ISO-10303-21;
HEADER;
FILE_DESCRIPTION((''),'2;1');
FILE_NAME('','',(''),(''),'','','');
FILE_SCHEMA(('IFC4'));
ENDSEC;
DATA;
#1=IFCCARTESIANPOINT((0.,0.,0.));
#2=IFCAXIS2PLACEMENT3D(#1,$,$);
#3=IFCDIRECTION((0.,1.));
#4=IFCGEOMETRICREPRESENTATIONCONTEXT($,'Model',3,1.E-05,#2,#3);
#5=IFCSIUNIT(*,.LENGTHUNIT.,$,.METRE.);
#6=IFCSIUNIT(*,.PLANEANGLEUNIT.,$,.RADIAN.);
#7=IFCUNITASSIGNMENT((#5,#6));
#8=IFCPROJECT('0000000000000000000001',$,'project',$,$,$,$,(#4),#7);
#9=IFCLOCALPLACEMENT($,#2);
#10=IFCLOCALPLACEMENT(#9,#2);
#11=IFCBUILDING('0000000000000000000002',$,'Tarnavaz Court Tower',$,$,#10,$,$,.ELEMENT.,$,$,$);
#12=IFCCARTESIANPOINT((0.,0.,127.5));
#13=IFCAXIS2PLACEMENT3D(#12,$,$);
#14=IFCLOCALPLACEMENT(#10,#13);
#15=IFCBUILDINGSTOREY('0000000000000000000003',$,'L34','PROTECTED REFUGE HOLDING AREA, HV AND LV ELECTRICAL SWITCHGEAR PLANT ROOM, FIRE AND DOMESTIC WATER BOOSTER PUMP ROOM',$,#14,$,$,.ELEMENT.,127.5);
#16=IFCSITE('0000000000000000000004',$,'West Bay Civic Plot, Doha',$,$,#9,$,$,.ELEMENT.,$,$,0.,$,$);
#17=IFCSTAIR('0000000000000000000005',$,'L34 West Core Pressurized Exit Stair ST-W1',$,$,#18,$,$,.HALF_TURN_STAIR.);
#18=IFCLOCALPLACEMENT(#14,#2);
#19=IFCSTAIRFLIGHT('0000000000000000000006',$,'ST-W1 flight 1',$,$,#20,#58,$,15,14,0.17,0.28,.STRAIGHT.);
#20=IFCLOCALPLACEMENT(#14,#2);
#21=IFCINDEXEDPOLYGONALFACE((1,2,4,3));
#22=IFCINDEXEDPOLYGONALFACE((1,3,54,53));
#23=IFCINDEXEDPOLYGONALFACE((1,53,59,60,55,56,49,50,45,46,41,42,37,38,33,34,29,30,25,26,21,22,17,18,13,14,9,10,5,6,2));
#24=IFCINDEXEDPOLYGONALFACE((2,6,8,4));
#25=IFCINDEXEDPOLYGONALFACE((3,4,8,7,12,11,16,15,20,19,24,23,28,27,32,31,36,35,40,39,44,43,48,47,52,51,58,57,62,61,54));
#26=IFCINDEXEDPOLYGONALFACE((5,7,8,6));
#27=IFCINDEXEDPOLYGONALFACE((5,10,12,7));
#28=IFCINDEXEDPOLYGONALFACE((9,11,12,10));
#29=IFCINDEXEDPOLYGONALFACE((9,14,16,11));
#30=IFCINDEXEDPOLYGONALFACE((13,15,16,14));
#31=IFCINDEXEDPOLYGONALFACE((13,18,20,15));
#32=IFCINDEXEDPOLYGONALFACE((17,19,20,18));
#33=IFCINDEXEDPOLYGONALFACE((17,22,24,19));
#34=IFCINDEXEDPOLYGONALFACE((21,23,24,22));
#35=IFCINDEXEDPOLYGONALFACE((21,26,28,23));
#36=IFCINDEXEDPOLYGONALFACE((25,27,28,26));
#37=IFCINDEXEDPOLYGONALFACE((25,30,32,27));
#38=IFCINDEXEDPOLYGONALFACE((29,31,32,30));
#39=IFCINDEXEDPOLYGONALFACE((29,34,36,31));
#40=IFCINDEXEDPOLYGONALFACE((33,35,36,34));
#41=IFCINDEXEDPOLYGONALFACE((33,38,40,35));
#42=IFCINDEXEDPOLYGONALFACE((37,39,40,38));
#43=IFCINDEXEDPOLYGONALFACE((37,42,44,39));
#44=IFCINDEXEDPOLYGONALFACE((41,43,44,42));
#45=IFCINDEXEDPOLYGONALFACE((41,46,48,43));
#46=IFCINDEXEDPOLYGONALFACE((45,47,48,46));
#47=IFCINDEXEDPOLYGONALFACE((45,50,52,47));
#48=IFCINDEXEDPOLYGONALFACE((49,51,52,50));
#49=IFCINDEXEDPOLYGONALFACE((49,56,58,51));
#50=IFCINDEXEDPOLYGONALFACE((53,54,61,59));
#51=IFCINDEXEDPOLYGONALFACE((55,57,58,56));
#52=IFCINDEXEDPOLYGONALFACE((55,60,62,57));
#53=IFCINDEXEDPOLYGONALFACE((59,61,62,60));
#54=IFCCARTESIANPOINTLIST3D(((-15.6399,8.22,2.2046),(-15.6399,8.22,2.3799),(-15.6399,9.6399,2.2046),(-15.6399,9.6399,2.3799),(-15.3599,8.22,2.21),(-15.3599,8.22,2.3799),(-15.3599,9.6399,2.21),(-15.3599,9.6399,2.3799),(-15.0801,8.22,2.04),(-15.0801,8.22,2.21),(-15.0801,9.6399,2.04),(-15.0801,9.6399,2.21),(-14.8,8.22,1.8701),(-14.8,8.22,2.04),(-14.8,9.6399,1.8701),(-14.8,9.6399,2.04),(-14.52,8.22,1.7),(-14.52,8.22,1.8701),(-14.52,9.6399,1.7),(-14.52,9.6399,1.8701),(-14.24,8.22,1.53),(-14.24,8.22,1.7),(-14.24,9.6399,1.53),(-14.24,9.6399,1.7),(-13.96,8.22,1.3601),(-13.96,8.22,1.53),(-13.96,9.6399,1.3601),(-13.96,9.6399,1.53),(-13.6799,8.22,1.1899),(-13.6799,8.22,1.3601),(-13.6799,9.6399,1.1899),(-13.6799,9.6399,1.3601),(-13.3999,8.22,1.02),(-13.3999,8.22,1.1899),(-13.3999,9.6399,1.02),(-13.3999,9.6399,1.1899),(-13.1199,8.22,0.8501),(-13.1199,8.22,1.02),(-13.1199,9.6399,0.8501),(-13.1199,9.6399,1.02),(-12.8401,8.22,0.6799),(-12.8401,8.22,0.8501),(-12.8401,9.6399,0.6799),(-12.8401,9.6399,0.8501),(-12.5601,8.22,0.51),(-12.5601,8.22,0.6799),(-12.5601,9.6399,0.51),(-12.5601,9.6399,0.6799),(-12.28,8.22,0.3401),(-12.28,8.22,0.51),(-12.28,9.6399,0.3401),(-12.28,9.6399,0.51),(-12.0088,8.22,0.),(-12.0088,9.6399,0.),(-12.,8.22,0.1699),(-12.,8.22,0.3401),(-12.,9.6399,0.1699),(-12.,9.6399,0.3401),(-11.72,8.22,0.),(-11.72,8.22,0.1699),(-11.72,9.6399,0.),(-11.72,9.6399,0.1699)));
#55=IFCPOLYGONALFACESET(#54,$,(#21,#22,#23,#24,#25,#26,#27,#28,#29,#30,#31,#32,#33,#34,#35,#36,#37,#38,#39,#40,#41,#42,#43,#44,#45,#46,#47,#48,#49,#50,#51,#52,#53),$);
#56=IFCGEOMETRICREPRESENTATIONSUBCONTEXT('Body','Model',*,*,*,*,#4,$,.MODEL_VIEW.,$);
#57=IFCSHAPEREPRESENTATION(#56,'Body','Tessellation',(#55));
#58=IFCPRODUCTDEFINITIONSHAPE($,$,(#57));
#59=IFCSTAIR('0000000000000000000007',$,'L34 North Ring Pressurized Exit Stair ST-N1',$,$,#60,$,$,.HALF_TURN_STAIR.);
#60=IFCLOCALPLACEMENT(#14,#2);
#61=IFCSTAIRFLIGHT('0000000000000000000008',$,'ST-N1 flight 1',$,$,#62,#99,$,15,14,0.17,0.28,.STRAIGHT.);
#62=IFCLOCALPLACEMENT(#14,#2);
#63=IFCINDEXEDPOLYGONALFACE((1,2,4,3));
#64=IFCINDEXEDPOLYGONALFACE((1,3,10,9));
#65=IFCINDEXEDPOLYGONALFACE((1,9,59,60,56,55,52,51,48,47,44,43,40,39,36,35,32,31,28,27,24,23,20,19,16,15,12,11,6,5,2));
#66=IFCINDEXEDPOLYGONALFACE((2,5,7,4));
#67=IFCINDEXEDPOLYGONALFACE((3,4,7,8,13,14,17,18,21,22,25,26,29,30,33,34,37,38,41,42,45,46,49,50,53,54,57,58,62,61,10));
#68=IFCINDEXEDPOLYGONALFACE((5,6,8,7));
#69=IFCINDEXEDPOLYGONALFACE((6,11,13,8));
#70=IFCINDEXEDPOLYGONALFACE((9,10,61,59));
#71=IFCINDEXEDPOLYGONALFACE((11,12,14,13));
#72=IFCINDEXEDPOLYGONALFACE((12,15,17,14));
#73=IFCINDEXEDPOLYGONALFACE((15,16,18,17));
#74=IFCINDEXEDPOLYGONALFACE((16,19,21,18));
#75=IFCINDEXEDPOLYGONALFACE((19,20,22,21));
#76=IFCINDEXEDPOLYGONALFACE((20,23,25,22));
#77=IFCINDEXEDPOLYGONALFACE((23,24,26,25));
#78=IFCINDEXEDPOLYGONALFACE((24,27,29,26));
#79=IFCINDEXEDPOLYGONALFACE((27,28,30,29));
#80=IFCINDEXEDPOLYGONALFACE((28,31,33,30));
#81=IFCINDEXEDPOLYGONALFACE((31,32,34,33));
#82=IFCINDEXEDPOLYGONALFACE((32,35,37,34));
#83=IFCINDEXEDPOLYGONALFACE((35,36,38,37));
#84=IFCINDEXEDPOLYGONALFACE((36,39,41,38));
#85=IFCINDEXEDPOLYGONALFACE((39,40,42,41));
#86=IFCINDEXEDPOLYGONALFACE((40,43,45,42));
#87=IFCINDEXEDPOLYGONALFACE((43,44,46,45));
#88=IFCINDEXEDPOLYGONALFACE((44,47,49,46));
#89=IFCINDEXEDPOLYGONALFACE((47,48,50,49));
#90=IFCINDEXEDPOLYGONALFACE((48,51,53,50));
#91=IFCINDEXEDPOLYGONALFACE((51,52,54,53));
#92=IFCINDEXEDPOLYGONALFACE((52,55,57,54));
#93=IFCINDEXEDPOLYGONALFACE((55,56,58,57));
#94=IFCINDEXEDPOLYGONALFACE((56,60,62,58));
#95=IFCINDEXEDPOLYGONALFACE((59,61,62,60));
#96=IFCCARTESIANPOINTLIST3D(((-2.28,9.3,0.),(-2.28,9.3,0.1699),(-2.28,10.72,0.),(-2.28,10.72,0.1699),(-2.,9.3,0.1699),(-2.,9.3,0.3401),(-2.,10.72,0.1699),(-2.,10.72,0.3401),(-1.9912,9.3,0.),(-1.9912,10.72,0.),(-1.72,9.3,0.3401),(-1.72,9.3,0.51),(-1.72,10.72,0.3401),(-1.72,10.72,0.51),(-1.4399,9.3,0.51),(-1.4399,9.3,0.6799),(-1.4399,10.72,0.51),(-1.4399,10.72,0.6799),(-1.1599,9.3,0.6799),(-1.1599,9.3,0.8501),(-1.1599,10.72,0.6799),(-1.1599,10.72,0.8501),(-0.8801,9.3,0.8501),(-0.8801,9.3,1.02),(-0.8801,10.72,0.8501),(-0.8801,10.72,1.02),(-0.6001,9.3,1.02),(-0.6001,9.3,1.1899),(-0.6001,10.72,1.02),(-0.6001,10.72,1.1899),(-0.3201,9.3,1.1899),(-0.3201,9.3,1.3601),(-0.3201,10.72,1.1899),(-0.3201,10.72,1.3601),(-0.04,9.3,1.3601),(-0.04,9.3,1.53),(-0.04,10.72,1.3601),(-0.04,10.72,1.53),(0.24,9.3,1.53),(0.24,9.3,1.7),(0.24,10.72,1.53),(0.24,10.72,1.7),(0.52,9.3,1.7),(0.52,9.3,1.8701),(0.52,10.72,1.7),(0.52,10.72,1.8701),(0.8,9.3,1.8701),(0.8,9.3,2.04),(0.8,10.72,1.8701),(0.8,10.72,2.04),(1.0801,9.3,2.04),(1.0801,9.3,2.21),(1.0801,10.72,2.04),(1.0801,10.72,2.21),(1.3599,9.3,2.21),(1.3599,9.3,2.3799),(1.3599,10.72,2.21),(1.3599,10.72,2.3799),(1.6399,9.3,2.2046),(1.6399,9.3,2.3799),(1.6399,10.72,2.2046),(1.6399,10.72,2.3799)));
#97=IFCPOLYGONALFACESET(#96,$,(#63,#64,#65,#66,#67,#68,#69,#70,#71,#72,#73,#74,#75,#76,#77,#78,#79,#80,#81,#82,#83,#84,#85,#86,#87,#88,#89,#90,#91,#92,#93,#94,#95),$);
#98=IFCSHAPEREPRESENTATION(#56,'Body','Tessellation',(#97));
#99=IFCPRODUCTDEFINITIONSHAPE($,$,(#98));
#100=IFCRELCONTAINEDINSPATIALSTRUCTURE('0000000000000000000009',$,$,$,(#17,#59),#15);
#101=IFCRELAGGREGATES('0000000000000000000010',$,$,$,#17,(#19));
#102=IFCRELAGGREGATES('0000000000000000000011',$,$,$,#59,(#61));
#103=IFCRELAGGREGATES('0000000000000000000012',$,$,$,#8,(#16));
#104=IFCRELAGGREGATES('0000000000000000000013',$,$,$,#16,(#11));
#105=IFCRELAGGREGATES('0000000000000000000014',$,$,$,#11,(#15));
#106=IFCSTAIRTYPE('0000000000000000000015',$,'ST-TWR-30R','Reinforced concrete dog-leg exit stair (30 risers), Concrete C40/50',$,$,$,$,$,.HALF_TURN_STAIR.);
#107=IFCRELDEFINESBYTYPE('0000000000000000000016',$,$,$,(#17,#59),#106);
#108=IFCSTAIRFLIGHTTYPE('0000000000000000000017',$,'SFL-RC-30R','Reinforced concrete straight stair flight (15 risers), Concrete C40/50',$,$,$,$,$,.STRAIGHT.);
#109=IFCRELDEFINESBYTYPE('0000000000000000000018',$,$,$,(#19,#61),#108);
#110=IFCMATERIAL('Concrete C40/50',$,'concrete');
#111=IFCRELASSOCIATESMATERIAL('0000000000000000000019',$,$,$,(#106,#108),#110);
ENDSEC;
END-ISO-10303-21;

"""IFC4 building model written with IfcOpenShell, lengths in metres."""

from ifc_helpers import new_model, si_unit, direction, frame, origin, place, context, subcontext, project, spatial, polyline, outline, extrude, material, type_object, element, aggregate, save


model = new_model("IFC4")

# Units and contexts
model_context = context("Model", 3, precision=1e-05, world=origin(), true_north=direction((0.0, 1.0)))
body_context = subcontext(model_context, "Body", "Model", "MODEL_VIEW")
ifc_project = project(units=[si_unit("LENGTHUNIT", "METRE"), si_unit("PLANEANGLEUNIT", "RADIAN")], contexts=[model_context])

# Site, building, storey
site_placement = place(None, origin())
site = spatial("IfcSite", under=ifc_project, at=site_placement, Name="West Bay Civic Plot, Doha", CompositionType="ELEMENT", RefElevation=0.0)
building_placement = place(site_placement, origin())
building = spatial("IfcBuilding", under=site, at=building_placement, Name="Tarnavaz Court Tower", CompositionType="ELEMENT")
storey_placement = place(building_placement, frame((0.0, 0.0, 127.5)))
storey = spatial("IfcBuildingStorey", under=building, at=storey_placement, Name="L34", Description="PROTECTED REFUGE HOLDING AREA, HV AND LV ELECTRICAL SWITCHGEAR PLANT ROOM, FIRE AND DOMESTIC WATER BOOSTER PUMP ROOM", CompositionType="ELEMENT", Elevation=127.5)

# Stairs, stair flights
ifc_material_1 = material(Name="Concrete C40/50", Category="concrete")
stair_type = type_object("IfcStairType", Name="ST-TWR-30R", Description="Reinforced concrete dog-leg exit stair (30 risers), Concrete C40/50", PredefinedType="HALF_TURN_STAIR", material=ifc_material_1)
stair_1_placement = place(storey_placement, origin())
stair_1 = element("IfcStair", 1, at=stair_1_placement, inside=storey, type_object=stair_type, Name="L34 West Core Pressurized Exit Stair ST-W1", PredefinedType="HALF_TURN_STAIR")
stair_flight_type = type_object("IfcStairFlightType", Name="SFL-RC-30R", Description="Reinforced concrete straight stair flight (15 risers), Concrete C40/50", PredefinedType="STRAIGHT", material=ifc_material_1)
stair_flight_1_placement = place(storey_placement, frame((-11.72, 8.9299, 0.0), z_axis=(0.0, 0.0, 1.0), x_axis=(-1.0, 0.0, 0.0)))
stair_flight_1 = element("IfcStairFlight", 2, at=stair_flight_1_placement, type_object=stair_flight_type, Name="ST-W1 flight 1", NumberOfRisers=15, NumberOfTreads=14, PredefinedType="STRAIGHT", RiserHeight=0.17, TreadLength=0.28, context=body_context, shape_type="SweptSolid", body=[
    extrude(outline(polyline([(0.0, 0.0), (0.0, 0.1699), (0.28, 0.1699), (0.28, 0.3401), (0.5601, 0.3401), (0.5601, 0.51), (0.8401, 0.51), (0.8401, 0.6799), (1.1201, 0.6799), (1.1201, 0.8501), (1.3999, 0.8501), (1.3999, 1.02), (1.6799, 1.02), (1.6799, 1.1899), (1.96, 1.1899), (1.96, 1.3601), (2.24, 1.3601), (2.24, 1.53), (2.52, 1.53), (2.52, 1.7), (2.8, 1.7), (2.8, 1.8701), (3.0801, 1.8701), (3.0801, 2.04), (3.3601, 2.04), (3.3601, 2.21), (3.6399, 2.21), (3.6399, 2.3799), (3.9199, 2.3799), (3.9199, 2.55), (3.9199, 2.2046), (0.2888, 0.0), (0.0, 0.0)])), frame((0.0, 0.71, 0.0), z_axis=(0.0, -1.0, 0.0), x_axis=(1.0, 0.0, 0.0)), (0.0, 0.0, 1.0), 1.4199),
])
aggregate(stair_1, [stair_flight_1])
stair_2_placement = place(storey_placement, origin())
stair_2 = element("IfcStair", 3, at=stair_2_placement, inside=storey, type_object=stair_type, Name="L34 North Ring Pressurized Exit Stair ST-N1", PredefinedType="HALF_TURN_STAIR")
stair_flight_2_placement = place(storey_placement, frame((-2.28, 10.01, 0.0), z_axis=(0.0, 0.0, 1.0), x_axis=(1.0, 0.0, 0.0)))
stair_flight_2 = element("IfcStairFlight", 4, at=stair_flight_2_placement, type_object=stair_flight_type, Name="ST-N1 flight 1", NumberOfRisers=15, NumberOfTreads=14, PredefinedType="STRAIGHT", RiserHeight=0.17, TreadLength=0.28, context=body_context, shape_type="SweptSolid", body=[
    extrude(outline(polyline([(0.0, 0.0), (0.0, 0.1699), (0.28, 0.1699), (0.28, 0.3401), (0.5601, 0.3401), (0.5601, 0.51), (0.8401, 0.51), (0.8401, 0.6799), (1.1201, 0.6799), (1.1201, 0.8501), (1.3999, 0.8501), (1.3999, 1.02), (1.6799, 1.02), (1.6799, 1.1899), (1.96, 1.1899), (1.96, 1.3601), (2.24, 1.3601), (2.24, 1.53), (2.52, 1.53), (2.52, 1.7), (2.8, 1.7), (2.8, 1.8701), (3.0801, 1.8701), (3.0801, 2.04), (3.3601, 2.04), (3.3601, 2.21), (3.6399, 2.21), (3.6399, 2.3799), (3.9199, 2.3799), (3.9199, 2.55), (3.9199, 2.2046), (0.2888, 0.0), (0.0, 0.0)])), frame((0.0, 0.71, 0.0), z_axis=(0.0, -1.0, 0.0), x_axis=(1.0, 0.0, 0.0)), (0.0, 0.0, 1.0), 1.4199),
])
aggregate(stair_2, [stair_flight_2])

save(model, "model.ifc")
